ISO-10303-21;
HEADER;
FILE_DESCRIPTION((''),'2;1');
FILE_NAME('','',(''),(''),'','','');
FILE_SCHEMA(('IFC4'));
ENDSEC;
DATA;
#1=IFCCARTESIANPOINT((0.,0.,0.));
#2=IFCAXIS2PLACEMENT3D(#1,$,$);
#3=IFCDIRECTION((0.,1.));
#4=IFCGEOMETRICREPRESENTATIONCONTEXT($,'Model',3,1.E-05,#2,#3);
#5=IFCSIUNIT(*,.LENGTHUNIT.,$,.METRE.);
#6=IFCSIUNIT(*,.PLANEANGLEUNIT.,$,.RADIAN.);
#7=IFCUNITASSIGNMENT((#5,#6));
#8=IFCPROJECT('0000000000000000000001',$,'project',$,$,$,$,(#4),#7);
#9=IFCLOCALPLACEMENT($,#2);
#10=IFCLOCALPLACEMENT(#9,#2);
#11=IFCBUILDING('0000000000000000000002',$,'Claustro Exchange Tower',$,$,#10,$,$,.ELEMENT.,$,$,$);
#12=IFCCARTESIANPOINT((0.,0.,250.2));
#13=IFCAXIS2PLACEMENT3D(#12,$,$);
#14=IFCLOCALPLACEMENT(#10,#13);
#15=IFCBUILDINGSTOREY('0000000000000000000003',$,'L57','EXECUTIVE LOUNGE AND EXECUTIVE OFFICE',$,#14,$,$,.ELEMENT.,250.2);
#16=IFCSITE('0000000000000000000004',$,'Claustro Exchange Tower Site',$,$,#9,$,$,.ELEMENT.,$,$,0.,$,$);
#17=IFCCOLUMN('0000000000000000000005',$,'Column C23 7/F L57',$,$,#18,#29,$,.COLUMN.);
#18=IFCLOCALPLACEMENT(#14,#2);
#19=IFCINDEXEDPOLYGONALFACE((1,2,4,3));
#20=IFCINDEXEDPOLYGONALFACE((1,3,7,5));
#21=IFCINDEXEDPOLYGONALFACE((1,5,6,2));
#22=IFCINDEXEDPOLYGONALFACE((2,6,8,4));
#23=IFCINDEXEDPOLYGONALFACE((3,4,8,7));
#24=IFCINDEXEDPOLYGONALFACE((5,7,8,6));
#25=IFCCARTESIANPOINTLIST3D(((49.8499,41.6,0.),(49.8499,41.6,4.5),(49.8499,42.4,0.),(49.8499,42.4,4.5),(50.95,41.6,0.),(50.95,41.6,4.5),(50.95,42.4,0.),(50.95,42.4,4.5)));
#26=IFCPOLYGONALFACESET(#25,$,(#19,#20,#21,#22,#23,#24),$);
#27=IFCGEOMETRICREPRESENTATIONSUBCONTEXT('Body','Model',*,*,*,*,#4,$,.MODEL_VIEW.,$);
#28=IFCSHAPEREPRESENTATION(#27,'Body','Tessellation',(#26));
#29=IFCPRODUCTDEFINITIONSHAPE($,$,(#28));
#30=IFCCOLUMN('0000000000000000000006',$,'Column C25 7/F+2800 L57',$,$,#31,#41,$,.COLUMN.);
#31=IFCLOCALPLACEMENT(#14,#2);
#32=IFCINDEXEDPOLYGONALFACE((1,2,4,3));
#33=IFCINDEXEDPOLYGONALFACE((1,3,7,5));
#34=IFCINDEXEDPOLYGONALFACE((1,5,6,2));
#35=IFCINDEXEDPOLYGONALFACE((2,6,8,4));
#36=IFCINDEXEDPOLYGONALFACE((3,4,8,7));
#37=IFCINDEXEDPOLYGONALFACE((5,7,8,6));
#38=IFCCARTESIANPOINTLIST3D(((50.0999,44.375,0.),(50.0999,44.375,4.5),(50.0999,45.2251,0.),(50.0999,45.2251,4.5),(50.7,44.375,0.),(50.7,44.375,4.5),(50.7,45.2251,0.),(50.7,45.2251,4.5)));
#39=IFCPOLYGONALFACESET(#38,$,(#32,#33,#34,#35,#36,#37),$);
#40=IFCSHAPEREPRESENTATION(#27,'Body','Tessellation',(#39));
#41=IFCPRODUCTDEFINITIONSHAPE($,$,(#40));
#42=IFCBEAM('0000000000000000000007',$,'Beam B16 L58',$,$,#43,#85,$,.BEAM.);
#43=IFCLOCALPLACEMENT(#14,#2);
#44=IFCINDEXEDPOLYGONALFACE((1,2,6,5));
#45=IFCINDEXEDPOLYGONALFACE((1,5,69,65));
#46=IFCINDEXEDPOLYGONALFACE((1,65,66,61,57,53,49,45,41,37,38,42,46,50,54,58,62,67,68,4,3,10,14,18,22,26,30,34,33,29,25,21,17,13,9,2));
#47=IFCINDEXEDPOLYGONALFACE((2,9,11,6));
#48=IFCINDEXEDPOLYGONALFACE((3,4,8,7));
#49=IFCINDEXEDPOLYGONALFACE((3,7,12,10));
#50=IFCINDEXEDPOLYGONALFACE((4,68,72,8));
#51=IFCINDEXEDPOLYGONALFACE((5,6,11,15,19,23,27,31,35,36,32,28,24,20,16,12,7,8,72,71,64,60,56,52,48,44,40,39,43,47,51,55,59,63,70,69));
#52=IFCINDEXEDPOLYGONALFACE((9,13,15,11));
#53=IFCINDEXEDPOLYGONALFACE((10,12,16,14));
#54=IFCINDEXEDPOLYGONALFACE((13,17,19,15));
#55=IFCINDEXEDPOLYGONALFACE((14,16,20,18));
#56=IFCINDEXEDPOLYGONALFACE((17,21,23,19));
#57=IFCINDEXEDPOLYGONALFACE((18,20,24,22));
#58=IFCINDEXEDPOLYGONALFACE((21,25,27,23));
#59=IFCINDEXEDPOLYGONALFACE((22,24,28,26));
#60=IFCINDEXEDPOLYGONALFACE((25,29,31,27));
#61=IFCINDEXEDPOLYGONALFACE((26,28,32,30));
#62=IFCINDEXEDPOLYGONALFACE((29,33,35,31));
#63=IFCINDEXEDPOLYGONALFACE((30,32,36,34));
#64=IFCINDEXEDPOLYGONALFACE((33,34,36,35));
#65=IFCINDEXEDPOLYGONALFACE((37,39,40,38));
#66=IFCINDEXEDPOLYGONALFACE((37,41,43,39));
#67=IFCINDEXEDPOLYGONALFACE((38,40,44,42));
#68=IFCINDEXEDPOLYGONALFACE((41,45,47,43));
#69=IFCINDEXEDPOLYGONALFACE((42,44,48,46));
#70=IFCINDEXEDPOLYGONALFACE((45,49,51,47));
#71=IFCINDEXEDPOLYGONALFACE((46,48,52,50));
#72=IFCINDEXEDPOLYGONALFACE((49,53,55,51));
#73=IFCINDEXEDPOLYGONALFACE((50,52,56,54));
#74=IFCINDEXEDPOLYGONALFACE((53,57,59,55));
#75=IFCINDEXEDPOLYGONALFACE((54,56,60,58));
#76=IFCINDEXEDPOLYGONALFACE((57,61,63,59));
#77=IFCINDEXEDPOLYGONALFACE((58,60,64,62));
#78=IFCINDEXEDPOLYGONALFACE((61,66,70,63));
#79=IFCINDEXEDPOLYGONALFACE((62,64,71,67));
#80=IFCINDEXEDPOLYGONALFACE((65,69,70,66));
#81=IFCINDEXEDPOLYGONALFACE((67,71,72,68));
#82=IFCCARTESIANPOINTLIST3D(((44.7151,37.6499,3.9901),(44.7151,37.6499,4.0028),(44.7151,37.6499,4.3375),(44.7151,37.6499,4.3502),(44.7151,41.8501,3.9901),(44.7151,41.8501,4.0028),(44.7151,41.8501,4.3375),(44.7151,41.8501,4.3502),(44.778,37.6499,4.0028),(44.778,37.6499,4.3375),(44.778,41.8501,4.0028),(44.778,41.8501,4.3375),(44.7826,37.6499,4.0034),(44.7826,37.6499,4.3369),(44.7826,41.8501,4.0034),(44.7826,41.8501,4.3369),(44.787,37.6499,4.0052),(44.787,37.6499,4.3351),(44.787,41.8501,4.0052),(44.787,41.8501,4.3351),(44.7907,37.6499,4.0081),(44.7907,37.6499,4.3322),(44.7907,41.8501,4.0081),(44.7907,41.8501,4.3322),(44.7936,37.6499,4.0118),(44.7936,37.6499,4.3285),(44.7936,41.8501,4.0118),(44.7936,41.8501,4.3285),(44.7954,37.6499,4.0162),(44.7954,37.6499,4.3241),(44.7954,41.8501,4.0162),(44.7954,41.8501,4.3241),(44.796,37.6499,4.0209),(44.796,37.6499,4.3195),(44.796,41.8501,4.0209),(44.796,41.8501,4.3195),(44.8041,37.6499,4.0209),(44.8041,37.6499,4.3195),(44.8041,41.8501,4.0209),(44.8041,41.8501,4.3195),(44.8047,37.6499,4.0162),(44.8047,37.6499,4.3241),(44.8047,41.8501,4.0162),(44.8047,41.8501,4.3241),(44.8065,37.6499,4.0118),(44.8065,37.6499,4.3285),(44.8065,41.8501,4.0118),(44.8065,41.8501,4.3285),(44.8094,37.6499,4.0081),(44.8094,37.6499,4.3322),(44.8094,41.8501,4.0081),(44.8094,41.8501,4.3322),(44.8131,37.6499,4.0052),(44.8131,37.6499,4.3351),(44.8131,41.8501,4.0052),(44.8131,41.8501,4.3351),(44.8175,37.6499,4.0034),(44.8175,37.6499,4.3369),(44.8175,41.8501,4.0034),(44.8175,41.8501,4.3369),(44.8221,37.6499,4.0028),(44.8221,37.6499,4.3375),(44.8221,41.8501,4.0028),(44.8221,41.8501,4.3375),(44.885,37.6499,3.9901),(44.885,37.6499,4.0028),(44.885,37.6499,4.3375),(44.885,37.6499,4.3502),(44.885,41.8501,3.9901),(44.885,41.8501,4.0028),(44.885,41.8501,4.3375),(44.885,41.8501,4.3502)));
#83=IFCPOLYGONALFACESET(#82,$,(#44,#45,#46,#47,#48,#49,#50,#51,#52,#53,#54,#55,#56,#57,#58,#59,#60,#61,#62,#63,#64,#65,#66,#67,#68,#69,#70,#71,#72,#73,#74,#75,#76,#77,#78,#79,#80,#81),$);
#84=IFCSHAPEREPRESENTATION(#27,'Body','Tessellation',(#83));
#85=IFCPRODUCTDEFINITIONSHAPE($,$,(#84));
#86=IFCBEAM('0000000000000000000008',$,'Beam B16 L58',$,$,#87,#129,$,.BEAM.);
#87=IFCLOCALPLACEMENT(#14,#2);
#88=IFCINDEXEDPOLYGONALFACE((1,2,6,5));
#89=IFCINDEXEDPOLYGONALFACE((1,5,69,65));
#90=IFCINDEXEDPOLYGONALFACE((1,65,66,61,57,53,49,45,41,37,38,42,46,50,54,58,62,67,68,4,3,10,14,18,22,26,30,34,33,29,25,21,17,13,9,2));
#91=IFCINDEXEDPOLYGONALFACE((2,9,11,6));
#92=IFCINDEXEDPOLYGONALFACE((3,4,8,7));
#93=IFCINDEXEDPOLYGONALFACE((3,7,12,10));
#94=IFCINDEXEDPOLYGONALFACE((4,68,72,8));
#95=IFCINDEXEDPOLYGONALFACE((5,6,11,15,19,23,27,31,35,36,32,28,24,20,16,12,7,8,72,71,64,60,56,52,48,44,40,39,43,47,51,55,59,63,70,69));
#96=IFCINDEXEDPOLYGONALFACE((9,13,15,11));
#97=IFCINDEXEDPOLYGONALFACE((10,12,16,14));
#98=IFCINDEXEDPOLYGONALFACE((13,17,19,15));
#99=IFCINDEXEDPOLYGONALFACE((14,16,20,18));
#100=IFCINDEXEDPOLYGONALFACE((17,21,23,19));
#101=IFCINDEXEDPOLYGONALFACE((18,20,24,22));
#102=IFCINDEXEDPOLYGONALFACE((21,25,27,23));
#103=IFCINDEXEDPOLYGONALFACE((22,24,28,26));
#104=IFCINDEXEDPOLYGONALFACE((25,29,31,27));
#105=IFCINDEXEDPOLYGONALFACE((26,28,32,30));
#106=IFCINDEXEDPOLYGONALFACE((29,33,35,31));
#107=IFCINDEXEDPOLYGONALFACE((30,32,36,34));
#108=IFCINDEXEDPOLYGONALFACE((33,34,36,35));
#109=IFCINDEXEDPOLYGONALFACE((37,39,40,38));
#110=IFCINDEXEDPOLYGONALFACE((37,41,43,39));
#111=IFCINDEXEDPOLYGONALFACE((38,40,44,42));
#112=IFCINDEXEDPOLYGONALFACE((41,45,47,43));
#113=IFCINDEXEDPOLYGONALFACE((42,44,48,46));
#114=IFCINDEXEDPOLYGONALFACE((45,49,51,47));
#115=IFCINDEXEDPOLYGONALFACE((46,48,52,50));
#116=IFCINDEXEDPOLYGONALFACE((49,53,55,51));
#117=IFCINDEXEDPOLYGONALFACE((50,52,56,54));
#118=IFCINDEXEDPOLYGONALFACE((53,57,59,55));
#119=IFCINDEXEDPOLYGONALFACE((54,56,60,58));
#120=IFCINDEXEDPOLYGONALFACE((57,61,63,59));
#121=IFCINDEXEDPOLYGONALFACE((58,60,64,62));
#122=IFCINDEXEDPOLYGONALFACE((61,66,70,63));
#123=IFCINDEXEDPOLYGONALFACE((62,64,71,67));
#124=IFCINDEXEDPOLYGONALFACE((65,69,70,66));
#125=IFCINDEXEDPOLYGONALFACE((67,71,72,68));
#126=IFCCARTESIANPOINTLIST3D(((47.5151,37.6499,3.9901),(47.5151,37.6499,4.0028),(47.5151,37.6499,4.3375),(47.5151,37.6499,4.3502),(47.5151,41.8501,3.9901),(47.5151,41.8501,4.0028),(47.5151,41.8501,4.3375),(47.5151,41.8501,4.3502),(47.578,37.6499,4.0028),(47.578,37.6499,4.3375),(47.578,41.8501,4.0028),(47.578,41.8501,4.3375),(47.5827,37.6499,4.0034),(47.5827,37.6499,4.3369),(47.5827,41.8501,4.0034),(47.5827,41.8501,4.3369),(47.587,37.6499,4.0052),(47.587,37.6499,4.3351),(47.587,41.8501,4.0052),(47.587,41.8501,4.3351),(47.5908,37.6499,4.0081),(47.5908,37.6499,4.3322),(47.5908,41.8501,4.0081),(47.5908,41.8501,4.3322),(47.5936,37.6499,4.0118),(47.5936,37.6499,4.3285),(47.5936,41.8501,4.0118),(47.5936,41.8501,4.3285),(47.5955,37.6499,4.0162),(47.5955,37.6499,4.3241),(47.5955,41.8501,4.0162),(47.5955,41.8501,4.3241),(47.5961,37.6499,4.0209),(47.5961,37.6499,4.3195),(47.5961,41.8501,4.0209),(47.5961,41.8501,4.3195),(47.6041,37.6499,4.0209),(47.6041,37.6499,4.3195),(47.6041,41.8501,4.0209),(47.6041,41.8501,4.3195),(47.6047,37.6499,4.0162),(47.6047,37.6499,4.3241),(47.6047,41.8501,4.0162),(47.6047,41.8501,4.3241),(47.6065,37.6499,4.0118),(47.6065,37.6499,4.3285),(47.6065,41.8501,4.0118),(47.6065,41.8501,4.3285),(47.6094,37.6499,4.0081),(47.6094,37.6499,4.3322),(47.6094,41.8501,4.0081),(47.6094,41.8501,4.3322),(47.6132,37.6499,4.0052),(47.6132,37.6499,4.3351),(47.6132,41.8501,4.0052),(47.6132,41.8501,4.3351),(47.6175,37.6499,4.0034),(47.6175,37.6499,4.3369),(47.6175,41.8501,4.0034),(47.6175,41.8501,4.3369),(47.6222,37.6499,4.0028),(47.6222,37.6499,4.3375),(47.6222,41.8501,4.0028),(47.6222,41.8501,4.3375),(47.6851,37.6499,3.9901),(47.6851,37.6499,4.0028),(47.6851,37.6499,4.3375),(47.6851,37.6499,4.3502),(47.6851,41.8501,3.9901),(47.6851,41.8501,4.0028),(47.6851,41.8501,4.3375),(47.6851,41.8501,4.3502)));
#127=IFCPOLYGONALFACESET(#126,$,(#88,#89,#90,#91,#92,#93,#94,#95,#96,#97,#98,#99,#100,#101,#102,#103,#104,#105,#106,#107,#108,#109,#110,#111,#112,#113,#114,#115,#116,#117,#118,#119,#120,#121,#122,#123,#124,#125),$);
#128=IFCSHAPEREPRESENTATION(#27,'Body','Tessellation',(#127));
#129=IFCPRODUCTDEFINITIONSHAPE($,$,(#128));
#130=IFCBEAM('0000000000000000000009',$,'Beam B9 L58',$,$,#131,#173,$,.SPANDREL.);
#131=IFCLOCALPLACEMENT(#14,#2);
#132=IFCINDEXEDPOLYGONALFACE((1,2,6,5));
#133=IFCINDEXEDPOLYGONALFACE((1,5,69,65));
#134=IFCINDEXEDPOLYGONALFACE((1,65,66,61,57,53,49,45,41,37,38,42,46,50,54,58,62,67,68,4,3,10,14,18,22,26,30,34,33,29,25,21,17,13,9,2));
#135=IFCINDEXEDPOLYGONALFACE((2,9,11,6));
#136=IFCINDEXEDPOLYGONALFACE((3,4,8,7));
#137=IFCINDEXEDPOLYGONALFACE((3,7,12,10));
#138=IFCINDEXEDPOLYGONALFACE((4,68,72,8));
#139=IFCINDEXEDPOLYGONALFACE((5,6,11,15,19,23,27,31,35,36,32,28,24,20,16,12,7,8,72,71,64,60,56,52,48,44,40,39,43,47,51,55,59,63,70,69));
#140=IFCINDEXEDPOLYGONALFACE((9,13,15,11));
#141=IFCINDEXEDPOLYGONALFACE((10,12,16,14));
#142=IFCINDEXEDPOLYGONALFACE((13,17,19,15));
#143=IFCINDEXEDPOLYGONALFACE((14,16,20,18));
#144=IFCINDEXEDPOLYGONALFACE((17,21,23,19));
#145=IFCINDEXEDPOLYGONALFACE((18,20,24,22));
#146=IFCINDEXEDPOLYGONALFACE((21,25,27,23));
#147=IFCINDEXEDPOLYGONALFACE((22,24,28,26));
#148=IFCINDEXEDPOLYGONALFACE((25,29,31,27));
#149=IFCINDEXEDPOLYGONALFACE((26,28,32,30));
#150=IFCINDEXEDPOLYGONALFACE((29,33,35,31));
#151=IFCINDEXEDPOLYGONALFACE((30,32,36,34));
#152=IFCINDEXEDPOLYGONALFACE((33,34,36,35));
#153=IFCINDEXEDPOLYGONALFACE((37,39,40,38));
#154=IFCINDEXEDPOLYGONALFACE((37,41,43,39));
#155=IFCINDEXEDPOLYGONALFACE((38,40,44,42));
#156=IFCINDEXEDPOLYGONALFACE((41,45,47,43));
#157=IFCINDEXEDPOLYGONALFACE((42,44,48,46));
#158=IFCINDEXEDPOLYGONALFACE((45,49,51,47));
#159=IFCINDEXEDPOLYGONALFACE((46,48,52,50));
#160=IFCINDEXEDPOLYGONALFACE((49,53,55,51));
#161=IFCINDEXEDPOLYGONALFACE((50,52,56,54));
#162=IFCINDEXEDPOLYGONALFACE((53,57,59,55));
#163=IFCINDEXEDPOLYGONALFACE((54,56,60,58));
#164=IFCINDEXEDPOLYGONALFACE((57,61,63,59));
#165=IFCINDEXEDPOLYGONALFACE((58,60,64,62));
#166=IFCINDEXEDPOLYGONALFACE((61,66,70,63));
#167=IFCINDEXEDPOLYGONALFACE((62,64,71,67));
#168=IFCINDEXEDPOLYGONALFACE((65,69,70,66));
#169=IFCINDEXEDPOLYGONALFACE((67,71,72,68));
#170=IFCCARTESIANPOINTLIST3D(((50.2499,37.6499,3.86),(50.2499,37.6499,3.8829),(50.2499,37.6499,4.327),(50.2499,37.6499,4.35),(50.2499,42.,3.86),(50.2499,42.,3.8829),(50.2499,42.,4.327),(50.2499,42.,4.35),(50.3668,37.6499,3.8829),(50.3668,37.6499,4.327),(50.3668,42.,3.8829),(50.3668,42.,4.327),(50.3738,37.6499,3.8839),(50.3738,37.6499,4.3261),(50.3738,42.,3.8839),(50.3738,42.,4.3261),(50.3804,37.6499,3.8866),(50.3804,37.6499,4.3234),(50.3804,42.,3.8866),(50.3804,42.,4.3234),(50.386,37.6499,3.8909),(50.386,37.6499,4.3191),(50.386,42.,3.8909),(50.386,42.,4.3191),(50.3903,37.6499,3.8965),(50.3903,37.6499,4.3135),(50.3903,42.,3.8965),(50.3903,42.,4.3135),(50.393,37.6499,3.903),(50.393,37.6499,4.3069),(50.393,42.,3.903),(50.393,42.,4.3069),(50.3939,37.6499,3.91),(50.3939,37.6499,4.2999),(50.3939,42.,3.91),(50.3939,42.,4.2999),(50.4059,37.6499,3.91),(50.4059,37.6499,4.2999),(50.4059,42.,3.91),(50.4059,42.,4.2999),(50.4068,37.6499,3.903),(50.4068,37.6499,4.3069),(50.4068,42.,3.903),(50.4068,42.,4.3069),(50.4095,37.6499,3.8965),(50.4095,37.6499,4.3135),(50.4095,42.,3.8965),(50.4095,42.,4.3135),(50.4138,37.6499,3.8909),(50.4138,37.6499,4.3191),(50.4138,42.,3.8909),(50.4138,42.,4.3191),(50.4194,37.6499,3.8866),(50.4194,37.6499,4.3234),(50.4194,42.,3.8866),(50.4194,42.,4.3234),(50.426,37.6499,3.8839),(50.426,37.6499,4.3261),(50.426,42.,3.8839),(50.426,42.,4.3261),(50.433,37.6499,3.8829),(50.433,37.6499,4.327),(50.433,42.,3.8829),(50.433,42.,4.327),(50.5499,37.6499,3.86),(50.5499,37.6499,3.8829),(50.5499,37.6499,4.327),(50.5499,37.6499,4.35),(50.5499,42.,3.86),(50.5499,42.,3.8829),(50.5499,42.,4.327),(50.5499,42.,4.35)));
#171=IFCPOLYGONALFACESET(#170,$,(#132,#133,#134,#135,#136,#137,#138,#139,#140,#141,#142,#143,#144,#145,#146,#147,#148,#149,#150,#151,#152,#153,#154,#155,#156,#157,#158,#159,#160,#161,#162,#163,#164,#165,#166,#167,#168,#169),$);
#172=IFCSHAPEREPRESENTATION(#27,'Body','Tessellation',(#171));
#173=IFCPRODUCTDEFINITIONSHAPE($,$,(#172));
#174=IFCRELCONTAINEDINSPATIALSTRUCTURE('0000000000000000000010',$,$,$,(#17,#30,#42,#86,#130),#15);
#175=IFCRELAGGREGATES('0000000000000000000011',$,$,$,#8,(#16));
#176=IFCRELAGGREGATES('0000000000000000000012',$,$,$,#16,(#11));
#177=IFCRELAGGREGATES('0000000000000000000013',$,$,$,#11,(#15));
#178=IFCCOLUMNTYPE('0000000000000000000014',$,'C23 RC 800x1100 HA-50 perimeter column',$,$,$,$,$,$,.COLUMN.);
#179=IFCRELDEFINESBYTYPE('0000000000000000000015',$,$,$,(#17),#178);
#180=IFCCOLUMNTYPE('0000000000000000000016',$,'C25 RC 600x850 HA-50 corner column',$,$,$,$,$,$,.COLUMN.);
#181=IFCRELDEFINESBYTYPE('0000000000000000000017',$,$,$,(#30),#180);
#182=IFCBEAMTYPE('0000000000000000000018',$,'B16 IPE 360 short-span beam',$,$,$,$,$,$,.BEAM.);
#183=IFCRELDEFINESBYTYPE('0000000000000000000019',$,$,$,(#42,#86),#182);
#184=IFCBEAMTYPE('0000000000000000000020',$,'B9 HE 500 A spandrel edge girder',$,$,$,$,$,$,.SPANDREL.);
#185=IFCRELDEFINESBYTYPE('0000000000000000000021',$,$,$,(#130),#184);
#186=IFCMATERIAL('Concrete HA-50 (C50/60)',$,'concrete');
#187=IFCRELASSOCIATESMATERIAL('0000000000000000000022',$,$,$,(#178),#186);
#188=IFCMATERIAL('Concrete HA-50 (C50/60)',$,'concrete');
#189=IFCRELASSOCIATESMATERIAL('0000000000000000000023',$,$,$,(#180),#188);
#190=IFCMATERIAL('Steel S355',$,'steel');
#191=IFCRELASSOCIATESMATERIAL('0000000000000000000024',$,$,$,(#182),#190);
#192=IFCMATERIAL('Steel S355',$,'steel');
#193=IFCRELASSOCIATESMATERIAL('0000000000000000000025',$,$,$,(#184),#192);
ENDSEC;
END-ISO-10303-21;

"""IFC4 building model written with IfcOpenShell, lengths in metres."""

from ifc_helpers import new_model, si_unit, direction, frame, origin, origin_2d, place, context, subcontext, project, spatial, rectangle, i_section, extrude, material, material_profile, profile_set, type_object, element, save


model = new_model("IFC4")

# Units and contexts
model_context = context("Model", 3, precision=1e-05, world=origin(), true_north=direction((0.0, 1.0)))
body_context = subcontext(model_context, "Body", "Model", "MODEL_VIEW")
ifc_project = project(units=[si_unit("LENGTHUNIT", "METRE"), si_unit("PLANEANGLEUNIT", "RADIAN")], contexts=[model_context])

# Site, building, storey
site_placement = place(None, origin())
site = spatial("IfcSite", under=ifc_project, at=site_placement, Name="Claustro Exchange Tower Site", CompositionType="ELEMENT", RefElevation=0.0)
building_placement = place(site_placement, origin())
building = spatial("IfcBuilding", under=site, at=building_placement, Name="Claustro Exchange Tower", CompositionType="ELEMENT")
storey_placement = place(building_placement, frame((0.0, 0.0, 250.2)))
storey = spatial("IfcBuildingStorey", under=building, at=storey_placement, Name="L57", Description="EXECUTIVE LOUNGE AND EXECUTIVE OFFICE", CompositionType="ELEMENT", Elevation=250.2)

# Columns
ifc_material_1 = material(Name="Concrete HA-50 (C50/60)", Category="concrete")
ifc_material_profile_1 = material_profile(ifc_material_1, rectangle(XDim=0.8, YDim=1.1001, at=origin_2d()), Name="RC 800x1100")
ifc_profile_set_1 = profile_set([ifc_material_profile_1], Name="Concrete HA-50 (C50/60)")
column_type_1 = type_object("IfcColumnType", Name="C23 RC 800x1100 HA-50 perimeter column", PredefinedType="COLUMN", material=ifc_profile_set_1)
column_1_placement = place(storey_placement, frame((50.3999, 42.0, 0.0), z_axis=(0.0, 0.0, 1.0), x_axis=(0.0, 1.0, 0.0)))
element("IfcColumn", 1, at=column_1_placement, inside=storey, type_object=column_type_1, Name="Column C23 7/F L57", PredefinedType="COLUMN", context=body_context, shape_type="SweptSolid", body=[
    extrude(rectangle(XDim=0.8, YDim=1.1001, at=origin_2d()), origin(), (0.0, 0.0, 1.0), 4.5),
])
ifc_material_2 = material(Name="Concrete HA-50 (C50/60)", Category="concrete")
ifc_material_profile_2 = material_profile(ifc_material_2, rectangle(XDim=0.6001, YDim=0.8501, at=origin_2d()), Name="RC 600x850")
ifc_profile_set_2 = profile_set([ifc_material_profile_2], Name="Concrete HA-50 (C50/60)")
column_type_2 = type_object("IfcColumnType", Name="C25 RC 600x850 HA-50 corner column", PredefinedType="COLUMN", material=ifc_profile_set_2)
column_2_placement = place(storey_placement, frame((50.3999, 44.8, 0.0), z_axis=(0.0, 0.0, 1.0), x_axis=(1.0, 0.0, 0.0)))
element("IfcColumn", 2, at=column_2_placement, inside=storey, type_object=column_type_2, Name="Column C25 7/F+2800 L57", PredefinedType="COLUMN", context=body_context, shape_type="SweptSolid", body=[
    extrude(rectangle(XDim=0.6001, YDim=0.8501, at=origin_2d()), origin(), (0.0, 0.0, 1.0), 4.5),
])

# Beams
ifc_material_3 = material(Name="Steel S355", Category="steel")
ifc_material_profile_3 = material_profile(ifc_material_3, i_section(OverallWidth=0.1699, OverallDepth=0.3601, WebThickness=0.0081, FlangeThickness=0.0127, FilletRadius=0.0181, at=origin_2d()), Name="IPE 360")
ifc_profile_set_3 = profile_set([ifc_material_profile_3], Name="Steel S355")
beam_type_1 = type_object("IfcBeamType", Name="B16 IPE 360 short-span beam", PredefinedType="BEAM", material=ifc_profile_set_3)
for number, where, z_axis, x_axis, name in (
    (3, (44.8, 37.6499, 4.1702), (0.0, 1.0, 0.0), (-1.0, 0.0, 0.0), "Beam B16 L58"),
    (4, (47.6001, 37.6499, 4.1702), (0.0, 1.0, 0.0), (-1.0, 0.0, 0.0), "Beam B16 L58"),
):
    element("IfcBeam", number, at=place(storey_placement, frame(where, z_axis=z_axis, x_axis=x_axis)), inside=storey, type_object=beam_type_1, Name=name, PredefinedType="BEAM", context=body_context, shape_type="SweptSolid", body=[
        extrude(i_section(OverallWidth=0.1699, OverallDepth=0.3601, WebThickness=0.0081, FlangeThickness=0.0127, FilletRadius=0.0181, at=origin_2d()), origin(), (0.0, 0.0, 1.0), 4.2002),
    ])
ifc_material_4 = material(Name="Steel S355", Category="steel")
ifc_material_profile_4 = material_profile(ifc_material_4, i_section(OverallWidth=0.3, OverallDepth=0.49, WebThickness=0.012, FlangeThickness=0.0229, FilletRadius=0.0271, at=origin_2d()), Name="HE 500 A")
ifc_profile_set_4 = profile_set([ifc_material_profile_4], Name="Steel S355")
beam_type_2 = type_object("IfcBeamType", Name="B9 HE 500 A spandrel edge girder", PredefinedType="SPANDREL", material=ifc_profile_set_4)
beam_1_placement = place(storey_placement, frame((50.3999, 37.6499, 4.105), z_axis=(0.0, 1.0, 0.0), x_axis=(-1.0, 0.0, 0.0)))
element("IfcBeam", 5, at=beam_1_placement, inside=storey, type_object=beam_type_2, Name="Beam B9 L58", PredefinedType="SPANDREL", context=body_context, shape_type="SweptSolid", body=[
    extrude(i_section(OverallWidth=0.3, OverallDepth=0.49, WebThickness=0.012, FlangeThickness=0.0229, FilletRadius=0.0271, at=origin_2d()), origin(), (0.0, 0.0, 1.0), 4.3501),
])

save(model, "model.ifc")
